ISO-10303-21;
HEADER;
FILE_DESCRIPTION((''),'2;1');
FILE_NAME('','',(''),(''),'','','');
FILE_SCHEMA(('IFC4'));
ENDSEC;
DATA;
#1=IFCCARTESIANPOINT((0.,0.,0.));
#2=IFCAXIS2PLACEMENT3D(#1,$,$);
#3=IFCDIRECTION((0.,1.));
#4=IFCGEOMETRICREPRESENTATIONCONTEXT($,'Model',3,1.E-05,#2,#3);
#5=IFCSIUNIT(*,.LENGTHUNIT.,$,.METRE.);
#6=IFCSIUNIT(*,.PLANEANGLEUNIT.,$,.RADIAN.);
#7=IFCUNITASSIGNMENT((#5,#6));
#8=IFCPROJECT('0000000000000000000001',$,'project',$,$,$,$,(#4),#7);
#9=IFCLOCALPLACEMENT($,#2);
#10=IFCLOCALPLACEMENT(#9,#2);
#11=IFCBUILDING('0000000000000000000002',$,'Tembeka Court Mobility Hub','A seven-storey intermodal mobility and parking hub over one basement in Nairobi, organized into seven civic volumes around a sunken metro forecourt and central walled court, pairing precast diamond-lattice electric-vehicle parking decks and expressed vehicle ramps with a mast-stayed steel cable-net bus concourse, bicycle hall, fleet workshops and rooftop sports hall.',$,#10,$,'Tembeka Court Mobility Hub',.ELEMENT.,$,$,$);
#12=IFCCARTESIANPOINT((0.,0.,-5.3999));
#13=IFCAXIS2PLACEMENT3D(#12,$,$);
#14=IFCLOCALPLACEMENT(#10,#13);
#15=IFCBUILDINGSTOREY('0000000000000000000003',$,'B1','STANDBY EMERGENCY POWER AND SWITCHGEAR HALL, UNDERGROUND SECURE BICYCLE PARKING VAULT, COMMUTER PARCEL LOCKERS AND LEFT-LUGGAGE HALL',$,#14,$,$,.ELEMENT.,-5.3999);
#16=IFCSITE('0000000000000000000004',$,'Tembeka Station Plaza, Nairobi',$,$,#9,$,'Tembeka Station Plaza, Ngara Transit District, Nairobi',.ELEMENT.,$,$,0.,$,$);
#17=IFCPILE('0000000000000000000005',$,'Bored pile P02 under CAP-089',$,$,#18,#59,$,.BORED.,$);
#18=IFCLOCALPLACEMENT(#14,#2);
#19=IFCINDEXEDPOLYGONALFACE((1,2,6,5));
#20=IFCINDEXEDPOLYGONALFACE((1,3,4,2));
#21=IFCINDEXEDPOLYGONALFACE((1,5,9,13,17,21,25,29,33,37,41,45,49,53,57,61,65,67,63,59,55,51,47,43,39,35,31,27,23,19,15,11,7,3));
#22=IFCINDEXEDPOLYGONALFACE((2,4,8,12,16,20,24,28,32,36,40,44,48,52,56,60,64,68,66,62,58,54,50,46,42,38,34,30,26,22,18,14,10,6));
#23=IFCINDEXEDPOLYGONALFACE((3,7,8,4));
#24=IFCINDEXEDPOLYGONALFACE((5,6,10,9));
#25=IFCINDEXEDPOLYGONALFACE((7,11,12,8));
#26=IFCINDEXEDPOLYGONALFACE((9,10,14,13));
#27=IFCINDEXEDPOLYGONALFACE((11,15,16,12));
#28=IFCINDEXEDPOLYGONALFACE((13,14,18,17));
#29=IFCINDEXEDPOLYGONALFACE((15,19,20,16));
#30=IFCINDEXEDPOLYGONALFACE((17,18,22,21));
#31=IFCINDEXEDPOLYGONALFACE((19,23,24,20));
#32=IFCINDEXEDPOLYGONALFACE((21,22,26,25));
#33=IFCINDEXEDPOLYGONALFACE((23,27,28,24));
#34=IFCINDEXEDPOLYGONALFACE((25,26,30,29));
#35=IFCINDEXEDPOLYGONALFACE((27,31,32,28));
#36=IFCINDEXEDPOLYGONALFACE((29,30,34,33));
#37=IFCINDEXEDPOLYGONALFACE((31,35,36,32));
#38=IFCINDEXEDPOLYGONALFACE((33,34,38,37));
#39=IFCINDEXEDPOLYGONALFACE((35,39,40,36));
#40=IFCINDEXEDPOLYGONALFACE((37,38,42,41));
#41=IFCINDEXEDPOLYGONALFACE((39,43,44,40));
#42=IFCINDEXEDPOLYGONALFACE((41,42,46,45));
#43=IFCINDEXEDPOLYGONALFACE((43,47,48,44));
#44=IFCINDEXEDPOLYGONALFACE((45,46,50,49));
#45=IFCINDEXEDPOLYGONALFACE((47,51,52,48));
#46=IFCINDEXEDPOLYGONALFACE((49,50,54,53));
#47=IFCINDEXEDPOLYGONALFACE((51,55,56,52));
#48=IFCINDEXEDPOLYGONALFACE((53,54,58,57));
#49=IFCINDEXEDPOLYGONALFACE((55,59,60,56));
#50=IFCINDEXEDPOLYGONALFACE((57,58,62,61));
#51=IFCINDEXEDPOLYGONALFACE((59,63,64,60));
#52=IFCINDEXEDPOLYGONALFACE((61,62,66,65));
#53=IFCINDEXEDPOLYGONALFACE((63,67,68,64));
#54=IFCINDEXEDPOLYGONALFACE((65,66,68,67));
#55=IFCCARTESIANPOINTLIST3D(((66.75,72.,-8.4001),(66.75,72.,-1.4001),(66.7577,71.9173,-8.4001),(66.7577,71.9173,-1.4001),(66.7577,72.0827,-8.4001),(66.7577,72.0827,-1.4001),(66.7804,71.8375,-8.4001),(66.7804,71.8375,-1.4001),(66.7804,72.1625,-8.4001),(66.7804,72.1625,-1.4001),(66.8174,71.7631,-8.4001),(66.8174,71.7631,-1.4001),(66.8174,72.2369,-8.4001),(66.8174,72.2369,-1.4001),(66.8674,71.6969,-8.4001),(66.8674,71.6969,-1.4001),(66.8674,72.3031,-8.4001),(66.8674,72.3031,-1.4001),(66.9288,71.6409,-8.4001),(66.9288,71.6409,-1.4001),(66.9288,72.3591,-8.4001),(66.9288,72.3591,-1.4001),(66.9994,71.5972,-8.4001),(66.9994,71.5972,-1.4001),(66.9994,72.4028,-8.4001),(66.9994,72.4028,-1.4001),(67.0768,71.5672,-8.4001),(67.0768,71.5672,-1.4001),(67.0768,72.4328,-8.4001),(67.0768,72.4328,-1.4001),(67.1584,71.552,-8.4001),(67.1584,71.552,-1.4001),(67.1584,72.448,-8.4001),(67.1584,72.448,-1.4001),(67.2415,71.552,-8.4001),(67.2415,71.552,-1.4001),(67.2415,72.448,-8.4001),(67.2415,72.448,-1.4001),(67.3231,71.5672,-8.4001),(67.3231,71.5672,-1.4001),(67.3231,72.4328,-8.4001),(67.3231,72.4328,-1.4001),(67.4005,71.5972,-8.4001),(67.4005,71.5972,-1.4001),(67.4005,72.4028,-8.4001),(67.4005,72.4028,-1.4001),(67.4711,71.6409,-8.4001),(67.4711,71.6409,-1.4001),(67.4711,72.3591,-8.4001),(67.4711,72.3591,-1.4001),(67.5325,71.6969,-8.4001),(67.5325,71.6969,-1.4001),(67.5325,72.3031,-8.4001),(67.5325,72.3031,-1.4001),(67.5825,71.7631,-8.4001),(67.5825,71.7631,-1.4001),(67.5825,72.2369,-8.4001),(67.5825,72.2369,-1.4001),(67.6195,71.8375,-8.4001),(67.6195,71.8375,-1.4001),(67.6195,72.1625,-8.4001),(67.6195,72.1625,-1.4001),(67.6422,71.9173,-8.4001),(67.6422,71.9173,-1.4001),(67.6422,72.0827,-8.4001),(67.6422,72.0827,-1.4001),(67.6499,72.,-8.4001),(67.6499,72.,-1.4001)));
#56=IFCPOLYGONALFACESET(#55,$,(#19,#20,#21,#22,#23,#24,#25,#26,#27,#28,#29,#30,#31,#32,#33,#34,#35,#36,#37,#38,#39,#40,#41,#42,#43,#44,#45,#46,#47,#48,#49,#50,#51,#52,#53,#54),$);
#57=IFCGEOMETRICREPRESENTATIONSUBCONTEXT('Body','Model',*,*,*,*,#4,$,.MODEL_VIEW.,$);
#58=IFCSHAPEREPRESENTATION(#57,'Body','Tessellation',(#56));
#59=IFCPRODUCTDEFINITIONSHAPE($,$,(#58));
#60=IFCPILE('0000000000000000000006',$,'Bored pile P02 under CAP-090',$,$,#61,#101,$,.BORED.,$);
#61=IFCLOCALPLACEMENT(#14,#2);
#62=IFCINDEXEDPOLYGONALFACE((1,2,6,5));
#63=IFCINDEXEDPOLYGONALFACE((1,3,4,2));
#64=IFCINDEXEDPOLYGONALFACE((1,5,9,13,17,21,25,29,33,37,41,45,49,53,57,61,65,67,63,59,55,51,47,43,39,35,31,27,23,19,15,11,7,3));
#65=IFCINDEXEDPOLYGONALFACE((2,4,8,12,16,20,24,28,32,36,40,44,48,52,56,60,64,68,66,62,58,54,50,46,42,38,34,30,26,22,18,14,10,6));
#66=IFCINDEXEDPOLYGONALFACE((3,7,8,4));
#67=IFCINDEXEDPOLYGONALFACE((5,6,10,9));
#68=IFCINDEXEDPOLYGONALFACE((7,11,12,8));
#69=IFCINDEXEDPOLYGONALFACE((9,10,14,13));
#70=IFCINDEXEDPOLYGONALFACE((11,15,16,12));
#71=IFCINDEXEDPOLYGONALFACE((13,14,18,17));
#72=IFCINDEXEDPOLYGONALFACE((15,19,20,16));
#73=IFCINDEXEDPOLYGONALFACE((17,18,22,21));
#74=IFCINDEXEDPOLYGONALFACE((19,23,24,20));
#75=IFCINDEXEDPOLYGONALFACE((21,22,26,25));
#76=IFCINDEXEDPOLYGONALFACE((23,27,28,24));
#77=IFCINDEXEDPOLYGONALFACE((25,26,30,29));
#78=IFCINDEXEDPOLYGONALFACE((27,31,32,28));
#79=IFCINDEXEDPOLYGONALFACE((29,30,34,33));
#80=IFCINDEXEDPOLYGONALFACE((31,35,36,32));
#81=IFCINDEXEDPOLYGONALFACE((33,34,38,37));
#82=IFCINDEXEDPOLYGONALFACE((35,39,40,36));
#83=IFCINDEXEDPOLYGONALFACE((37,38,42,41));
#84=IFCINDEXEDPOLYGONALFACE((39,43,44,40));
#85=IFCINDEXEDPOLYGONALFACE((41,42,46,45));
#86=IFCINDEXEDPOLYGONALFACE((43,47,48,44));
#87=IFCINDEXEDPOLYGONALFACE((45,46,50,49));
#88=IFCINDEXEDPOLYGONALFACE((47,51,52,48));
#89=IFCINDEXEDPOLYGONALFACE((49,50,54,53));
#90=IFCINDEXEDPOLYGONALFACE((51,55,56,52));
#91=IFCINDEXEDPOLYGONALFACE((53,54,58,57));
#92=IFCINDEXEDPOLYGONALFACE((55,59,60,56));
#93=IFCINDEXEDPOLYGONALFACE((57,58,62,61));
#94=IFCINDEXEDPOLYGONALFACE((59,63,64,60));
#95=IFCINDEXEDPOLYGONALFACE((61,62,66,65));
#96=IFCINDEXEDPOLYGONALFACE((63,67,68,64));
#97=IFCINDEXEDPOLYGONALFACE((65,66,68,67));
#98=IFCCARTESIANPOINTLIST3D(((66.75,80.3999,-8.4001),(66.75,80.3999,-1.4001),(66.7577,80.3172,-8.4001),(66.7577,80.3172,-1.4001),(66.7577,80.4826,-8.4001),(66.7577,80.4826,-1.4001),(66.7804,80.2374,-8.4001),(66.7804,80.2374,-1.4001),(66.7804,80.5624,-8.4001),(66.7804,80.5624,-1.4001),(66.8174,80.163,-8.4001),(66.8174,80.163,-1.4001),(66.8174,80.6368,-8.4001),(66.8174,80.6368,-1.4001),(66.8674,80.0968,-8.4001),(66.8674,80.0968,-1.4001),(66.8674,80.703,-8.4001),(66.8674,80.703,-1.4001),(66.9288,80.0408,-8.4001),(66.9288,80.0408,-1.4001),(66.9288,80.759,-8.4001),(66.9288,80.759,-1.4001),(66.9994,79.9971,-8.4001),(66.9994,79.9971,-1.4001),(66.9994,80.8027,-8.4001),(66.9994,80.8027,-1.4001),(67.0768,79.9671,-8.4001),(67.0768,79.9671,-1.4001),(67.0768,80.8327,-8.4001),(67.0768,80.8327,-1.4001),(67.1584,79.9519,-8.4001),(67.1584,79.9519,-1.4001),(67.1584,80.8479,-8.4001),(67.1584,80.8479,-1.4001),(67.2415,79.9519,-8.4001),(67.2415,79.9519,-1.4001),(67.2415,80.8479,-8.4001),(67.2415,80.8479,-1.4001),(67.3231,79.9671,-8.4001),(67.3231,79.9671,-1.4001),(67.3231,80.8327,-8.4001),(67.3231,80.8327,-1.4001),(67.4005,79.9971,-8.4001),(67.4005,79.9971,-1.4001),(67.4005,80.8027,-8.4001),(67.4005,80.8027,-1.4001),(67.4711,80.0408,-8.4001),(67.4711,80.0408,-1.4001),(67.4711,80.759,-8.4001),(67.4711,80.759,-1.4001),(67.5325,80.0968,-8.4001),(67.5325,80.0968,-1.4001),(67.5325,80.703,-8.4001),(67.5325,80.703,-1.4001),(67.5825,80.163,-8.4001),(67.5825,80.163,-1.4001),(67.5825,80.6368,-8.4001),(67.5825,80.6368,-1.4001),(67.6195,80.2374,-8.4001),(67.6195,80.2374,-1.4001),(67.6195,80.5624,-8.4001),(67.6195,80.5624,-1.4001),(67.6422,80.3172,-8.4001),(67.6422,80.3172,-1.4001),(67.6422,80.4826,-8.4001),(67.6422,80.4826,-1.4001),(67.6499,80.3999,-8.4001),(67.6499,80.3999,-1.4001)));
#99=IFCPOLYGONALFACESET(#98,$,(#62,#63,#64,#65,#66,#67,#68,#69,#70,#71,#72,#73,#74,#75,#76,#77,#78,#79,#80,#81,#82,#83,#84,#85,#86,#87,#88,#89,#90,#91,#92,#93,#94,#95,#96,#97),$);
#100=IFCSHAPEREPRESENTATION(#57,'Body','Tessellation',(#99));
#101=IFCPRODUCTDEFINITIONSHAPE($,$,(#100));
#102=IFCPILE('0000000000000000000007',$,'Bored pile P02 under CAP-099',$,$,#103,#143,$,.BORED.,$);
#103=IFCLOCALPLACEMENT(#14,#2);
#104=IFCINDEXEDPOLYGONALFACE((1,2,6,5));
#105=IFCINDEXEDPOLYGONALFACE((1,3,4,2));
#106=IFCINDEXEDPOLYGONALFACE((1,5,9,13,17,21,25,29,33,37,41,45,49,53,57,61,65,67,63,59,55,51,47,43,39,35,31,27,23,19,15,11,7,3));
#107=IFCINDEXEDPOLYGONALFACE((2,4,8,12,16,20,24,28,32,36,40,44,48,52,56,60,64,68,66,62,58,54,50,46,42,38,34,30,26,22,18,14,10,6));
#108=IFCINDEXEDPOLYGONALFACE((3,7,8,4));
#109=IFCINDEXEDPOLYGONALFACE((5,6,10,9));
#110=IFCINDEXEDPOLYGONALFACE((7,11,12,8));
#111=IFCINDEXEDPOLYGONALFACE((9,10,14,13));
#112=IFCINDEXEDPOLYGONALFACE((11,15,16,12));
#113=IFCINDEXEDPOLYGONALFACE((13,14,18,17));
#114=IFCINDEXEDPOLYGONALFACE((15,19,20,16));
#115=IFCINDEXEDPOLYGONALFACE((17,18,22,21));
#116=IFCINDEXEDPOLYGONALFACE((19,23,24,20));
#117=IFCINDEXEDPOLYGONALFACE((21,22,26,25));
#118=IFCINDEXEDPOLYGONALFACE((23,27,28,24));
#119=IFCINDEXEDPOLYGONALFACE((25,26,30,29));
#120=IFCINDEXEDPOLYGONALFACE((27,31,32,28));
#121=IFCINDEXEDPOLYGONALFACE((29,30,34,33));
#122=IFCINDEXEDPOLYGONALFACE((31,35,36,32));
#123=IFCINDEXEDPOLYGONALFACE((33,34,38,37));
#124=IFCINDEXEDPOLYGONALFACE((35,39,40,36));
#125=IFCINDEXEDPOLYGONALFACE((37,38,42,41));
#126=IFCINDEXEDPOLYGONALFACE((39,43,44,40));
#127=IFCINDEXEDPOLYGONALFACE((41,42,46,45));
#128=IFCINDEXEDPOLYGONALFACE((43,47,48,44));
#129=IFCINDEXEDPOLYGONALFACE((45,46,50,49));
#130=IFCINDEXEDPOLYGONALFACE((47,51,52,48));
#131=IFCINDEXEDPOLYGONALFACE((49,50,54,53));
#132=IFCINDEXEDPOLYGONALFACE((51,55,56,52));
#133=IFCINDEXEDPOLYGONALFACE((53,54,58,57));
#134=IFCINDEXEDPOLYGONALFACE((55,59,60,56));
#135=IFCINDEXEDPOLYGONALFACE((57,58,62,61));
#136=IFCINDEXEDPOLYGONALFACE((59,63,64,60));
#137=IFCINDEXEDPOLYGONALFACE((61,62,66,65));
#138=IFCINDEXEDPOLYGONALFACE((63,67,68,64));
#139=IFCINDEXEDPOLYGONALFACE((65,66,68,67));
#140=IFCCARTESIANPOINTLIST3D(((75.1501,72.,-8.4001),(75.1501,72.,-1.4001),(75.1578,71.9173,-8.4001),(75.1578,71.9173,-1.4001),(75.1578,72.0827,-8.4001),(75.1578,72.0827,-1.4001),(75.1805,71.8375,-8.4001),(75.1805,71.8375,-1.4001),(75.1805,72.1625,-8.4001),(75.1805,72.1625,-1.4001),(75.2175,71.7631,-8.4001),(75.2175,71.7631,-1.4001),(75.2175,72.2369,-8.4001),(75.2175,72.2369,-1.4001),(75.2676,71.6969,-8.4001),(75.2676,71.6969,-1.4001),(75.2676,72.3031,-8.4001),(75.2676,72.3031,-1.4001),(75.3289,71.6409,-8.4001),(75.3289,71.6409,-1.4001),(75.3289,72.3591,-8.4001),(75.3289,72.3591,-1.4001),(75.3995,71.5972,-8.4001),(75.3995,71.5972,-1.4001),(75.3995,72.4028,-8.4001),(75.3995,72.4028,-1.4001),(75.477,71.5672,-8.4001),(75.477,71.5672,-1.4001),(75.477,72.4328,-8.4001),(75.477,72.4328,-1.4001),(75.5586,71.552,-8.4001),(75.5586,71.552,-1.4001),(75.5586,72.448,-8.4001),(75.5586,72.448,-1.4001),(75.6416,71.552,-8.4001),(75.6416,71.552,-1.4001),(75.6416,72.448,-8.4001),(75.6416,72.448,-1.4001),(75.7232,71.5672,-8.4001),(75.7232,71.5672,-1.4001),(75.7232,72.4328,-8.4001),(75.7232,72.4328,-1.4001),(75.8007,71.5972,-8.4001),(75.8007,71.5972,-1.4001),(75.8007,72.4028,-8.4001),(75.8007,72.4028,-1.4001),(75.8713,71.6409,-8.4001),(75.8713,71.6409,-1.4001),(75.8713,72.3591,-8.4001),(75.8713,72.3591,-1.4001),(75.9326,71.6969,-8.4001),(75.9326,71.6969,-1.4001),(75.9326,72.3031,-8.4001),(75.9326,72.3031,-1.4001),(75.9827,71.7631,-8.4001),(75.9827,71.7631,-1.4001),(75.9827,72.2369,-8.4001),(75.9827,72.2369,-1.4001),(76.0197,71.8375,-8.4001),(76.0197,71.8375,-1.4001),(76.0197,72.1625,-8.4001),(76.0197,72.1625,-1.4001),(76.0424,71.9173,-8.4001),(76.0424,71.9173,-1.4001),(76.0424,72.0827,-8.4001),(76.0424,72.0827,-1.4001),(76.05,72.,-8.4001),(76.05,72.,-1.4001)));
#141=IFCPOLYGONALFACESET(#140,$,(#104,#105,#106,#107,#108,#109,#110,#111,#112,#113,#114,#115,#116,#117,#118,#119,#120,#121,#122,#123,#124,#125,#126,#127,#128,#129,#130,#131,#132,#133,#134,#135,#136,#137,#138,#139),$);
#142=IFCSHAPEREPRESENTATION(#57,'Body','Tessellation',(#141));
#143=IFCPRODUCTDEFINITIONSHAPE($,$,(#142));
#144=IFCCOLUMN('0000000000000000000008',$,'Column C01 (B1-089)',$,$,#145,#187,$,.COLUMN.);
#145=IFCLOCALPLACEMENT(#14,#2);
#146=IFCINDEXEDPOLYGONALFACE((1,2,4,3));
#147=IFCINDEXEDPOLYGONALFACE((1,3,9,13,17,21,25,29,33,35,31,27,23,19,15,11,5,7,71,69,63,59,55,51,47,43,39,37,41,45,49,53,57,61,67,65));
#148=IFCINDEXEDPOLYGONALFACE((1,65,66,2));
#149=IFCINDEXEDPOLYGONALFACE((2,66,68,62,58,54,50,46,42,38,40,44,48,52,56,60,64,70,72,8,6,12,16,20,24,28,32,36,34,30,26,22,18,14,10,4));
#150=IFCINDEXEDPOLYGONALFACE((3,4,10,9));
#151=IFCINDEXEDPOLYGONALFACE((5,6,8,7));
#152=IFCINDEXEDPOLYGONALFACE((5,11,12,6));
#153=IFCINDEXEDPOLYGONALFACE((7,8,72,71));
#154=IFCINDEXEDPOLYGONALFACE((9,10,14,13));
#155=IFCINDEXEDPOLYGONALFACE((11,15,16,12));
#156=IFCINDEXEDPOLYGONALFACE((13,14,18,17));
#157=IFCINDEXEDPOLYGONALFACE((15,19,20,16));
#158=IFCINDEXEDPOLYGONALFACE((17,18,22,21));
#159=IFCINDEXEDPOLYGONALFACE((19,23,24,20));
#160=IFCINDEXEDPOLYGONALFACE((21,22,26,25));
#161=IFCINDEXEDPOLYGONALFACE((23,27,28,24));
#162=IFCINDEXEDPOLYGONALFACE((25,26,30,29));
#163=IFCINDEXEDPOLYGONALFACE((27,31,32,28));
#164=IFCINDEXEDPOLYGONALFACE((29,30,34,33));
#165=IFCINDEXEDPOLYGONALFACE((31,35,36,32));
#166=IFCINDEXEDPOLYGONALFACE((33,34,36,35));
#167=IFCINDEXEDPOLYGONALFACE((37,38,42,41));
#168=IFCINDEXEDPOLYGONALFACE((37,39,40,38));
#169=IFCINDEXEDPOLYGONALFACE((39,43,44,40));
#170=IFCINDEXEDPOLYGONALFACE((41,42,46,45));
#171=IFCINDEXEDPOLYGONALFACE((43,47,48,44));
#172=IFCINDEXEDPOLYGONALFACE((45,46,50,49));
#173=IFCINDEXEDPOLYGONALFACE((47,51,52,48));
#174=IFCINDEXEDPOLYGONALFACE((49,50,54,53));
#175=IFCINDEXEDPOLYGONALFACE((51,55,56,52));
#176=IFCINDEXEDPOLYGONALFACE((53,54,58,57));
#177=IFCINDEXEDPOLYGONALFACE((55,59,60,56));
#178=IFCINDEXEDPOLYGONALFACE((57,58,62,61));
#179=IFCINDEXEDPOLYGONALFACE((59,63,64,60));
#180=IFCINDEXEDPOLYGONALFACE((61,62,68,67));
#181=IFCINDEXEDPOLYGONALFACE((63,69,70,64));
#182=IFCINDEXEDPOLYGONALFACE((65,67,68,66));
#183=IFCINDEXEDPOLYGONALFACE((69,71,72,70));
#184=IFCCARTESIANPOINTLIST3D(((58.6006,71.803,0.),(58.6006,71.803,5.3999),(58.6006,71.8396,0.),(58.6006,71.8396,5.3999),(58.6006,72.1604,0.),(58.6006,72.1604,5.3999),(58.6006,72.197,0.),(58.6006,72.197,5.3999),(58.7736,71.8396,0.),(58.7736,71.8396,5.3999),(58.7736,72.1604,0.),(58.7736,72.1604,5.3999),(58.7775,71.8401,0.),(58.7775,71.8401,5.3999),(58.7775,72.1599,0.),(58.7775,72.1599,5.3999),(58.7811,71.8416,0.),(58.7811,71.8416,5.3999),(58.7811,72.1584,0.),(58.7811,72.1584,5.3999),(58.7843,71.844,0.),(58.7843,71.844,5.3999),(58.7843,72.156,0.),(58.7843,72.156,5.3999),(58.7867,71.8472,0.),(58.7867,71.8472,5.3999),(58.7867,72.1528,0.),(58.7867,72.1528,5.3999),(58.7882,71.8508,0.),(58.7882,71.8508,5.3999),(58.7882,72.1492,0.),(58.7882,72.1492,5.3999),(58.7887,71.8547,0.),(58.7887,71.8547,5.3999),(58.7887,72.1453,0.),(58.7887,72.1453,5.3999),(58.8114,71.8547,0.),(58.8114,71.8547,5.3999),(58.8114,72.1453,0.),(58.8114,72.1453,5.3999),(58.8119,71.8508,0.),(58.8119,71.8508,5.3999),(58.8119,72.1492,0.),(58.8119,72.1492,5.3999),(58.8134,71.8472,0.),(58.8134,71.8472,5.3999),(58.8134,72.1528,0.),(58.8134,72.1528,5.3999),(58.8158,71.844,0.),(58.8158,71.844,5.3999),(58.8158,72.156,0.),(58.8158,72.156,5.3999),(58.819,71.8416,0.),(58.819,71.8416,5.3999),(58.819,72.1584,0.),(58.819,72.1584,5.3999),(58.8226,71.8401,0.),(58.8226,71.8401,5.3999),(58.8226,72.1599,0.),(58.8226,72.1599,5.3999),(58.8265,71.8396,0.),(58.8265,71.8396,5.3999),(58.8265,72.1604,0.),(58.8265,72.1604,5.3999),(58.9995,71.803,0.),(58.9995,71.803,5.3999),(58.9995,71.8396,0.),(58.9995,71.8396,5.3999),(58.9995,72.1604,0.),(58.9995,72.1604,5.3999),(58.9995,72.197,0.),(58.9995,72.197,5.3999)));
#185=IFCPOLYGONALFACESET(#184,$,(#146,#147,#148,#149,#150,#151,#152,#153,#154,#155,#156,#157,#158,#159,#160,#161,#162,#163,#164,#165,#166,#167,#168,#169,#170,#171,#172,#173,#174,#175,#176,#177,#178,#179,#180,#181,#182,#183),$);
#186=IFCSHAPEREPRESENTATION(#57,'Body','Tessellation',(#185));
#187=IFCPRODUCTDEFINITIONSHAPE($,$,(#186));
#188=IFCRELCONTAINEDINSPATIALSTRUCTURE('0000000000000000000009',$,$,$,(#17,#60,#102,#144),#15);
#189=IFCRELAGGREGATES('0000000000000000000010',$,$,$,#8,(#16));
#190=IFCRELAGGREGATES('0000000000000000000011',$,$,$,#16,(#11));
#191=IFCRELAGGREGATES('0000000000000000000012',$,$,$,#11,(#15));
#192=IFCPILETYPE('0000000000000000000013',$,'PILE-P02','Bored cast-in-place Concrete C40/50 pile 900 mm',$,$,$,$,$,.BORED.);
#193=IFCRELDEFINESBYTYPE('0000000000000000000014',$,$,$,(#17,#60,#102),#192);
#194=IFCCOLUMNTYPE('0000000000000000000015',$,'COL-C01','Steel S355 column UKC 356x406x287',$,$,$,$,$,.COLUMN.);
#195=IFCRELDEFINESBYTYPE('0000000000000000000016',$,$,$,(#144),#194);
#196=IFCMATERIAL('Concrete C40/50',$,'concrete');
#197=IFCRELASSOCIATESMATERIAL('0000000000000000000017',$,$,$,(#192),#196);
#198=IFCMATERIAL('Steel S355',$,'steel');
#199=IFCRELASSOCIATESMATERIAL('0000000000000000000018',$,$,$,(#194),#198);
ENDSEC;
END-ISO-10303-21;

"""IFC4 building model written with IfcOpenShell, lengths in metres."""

from ifc_helpers import new_model, si_unit, direction, frame, origin, origin_2d, place, context, subcontext, project, spatial, circle, i_section, extrude, material, material_profile, profile_set, type_object, element, save


model = new_model("IFC4")

# Units and contexts
model_context = context("Model", 3, precision=1e-05, world=origin(), true_north=direction((0.0, 1.0)))
body_context = subcontext(model_context, "Body", "Model", "MODEL_VIEW")
ifc_project = project(units=[si_unit("LENGTHUNIT", "METRE"), si_unit("PLANEANGLEUNIT", "RADIAN")], contexts=[model_context])

# Site, building, storey
site_placement = place(None, origin())
site = spatial("IfcSite", under=ifc_project, at=site_placement, Name="Tembeka Station Plaza, Nairobi", LongName="Tembeka Station Plaza, Ngara Transit District, Nairobi", CompositionType="ELEMENT", RefElevation=0.0)
building_placement = place(site_placement, origin())
building = spatial("IfcBuilding", under=site, at=building_placement, Name="Tembeka Court Mobility Hub", Description="A seven-storey intermodal mobility and parking hub over one basement in Nairobi, organized into seven civic volumes around a sunken metro forecourt and central walled court, pairing precast diamond-lattice electric-vehicle parking decks and expressed vehicle ramps with a mast-stayed steel cable-net bus concourse, bicycle hall, fleet workshops and rooftop sports hall.", LongName="Tembeka Court Mobility Hub", CompositionType="ELEMENT")
storey_placement = place(building_placement, frame((0.0, 0.0, -5.3999)))
storey = spatial("IfcBuildingStorey", under=building, at=storey_placement, Name="B1", Description="STANDBY EMERGENCY POWER AND SWITCHGEAR HALL, UNDERGROUND SECURE BICYCLE PARKING VAULT, COMMUTER PARCEL LOCKERS AND LEFT-LUGGAGE HALL", CompositionType="ELEMENT", Elevation=-5.3999)

# Shared definitions
ifc_material_1 = material(Name="Concrete C40/50", Category="concrete")

# Piles
ifc_material_profile_1 = material_profile(ifc_material_1, circle(Radius=0.45, at=origin_2d()), Name="PILE D900")
ifc_profile_set_1 = profile_set([ifc_material_profile_1], Name="Concrete C40/50")
pile_type = type_object("IfcPileType", Name="PILE-P02", Description="Bored cast-in-place Concrete C40/50 pile 900 mm", PredefinedType="BORED", material=ifc_profile_set_1)
for number, where, z_axis, x_axis, name in (
    (1, (67.2, 72.0, -1.4001), (0.0, 0.0, -1.0), (1.0, 0.0, 0.0), "Bored pile P02 under CAP-089"),
    (2, (67.2, 80.3999, -1.4001), (0.0, 0.0, -1.0), (1.0, 0.0, 0.0), "Bored pile P02 under CAP-090"),
    (3, (75.6001, 72.0, -1.4001), (0.0, 0.0, -1.0), (1.0, 0.0, 0.0), "Bored pile P02 under CAP-099"),
):
    element("IfcPile", number, at=place(storey_placement, frame(where, z_axis=z_axis, x_axis=x_axis)), inside=storey, type_object=pile_type, Name=name, PredefinedType="BORED", context=body_context, shape_type="SweptSolid", body=[
        extrude(circle(Radius=0.45, at=origin_2d()), origin(), (0.0, 0.0, 1.0), 7.0),
    ])

# Column
ifc_material_2 = material(Name="Steel S355", Category="steel")
ifc_material_profile_2 = material_profile(ifc_material_2, i_section(OverallWidth=0.3989, OverallDepth=0.394, WebThickness=0.0227, FlangeThickness=0.0366, FilletRadius=0.0151, at=origin_2d()), Name="UKC 356x406x287")
ifc_profile_set_2 = profile_set([ifc_material_profile_2], Name="Steel S355")
column_type = type_object("IfcColumnType", Name="COL-C01", Description="Steel S355 column UKC 356x406x287", PredefinedType="COLUMN", material=ifc_profile_set_2)
for number, where, z_axis, x_axis, name in (
    (4, (58.8, 72.0, 0.0), (0.0, 0.0, 1.0), (1.0, 0.0, 0.0), "Column C01 (B1-089)"),
):
    element("IfcColumn", number, at=place(storey_placement, frame(where, z_axis=z_axis, x_axis=x_axis)), inside=storey, type_object=column_type, Name=name, PredefinedType="COLUMN", context=body_context, shape_type="SweptSolid", body=[
        extrude(i_section(OverallWidth=0.3989, OverallDepth=0.394, WebThickness=0.0227, FlangeThickness=0.0366, FilletRadius=0.0151, at=origin_2d()), origin(), (0.0, 0.0, 1.0), 5.3999),
    ])

save(model, "model.ifc")
